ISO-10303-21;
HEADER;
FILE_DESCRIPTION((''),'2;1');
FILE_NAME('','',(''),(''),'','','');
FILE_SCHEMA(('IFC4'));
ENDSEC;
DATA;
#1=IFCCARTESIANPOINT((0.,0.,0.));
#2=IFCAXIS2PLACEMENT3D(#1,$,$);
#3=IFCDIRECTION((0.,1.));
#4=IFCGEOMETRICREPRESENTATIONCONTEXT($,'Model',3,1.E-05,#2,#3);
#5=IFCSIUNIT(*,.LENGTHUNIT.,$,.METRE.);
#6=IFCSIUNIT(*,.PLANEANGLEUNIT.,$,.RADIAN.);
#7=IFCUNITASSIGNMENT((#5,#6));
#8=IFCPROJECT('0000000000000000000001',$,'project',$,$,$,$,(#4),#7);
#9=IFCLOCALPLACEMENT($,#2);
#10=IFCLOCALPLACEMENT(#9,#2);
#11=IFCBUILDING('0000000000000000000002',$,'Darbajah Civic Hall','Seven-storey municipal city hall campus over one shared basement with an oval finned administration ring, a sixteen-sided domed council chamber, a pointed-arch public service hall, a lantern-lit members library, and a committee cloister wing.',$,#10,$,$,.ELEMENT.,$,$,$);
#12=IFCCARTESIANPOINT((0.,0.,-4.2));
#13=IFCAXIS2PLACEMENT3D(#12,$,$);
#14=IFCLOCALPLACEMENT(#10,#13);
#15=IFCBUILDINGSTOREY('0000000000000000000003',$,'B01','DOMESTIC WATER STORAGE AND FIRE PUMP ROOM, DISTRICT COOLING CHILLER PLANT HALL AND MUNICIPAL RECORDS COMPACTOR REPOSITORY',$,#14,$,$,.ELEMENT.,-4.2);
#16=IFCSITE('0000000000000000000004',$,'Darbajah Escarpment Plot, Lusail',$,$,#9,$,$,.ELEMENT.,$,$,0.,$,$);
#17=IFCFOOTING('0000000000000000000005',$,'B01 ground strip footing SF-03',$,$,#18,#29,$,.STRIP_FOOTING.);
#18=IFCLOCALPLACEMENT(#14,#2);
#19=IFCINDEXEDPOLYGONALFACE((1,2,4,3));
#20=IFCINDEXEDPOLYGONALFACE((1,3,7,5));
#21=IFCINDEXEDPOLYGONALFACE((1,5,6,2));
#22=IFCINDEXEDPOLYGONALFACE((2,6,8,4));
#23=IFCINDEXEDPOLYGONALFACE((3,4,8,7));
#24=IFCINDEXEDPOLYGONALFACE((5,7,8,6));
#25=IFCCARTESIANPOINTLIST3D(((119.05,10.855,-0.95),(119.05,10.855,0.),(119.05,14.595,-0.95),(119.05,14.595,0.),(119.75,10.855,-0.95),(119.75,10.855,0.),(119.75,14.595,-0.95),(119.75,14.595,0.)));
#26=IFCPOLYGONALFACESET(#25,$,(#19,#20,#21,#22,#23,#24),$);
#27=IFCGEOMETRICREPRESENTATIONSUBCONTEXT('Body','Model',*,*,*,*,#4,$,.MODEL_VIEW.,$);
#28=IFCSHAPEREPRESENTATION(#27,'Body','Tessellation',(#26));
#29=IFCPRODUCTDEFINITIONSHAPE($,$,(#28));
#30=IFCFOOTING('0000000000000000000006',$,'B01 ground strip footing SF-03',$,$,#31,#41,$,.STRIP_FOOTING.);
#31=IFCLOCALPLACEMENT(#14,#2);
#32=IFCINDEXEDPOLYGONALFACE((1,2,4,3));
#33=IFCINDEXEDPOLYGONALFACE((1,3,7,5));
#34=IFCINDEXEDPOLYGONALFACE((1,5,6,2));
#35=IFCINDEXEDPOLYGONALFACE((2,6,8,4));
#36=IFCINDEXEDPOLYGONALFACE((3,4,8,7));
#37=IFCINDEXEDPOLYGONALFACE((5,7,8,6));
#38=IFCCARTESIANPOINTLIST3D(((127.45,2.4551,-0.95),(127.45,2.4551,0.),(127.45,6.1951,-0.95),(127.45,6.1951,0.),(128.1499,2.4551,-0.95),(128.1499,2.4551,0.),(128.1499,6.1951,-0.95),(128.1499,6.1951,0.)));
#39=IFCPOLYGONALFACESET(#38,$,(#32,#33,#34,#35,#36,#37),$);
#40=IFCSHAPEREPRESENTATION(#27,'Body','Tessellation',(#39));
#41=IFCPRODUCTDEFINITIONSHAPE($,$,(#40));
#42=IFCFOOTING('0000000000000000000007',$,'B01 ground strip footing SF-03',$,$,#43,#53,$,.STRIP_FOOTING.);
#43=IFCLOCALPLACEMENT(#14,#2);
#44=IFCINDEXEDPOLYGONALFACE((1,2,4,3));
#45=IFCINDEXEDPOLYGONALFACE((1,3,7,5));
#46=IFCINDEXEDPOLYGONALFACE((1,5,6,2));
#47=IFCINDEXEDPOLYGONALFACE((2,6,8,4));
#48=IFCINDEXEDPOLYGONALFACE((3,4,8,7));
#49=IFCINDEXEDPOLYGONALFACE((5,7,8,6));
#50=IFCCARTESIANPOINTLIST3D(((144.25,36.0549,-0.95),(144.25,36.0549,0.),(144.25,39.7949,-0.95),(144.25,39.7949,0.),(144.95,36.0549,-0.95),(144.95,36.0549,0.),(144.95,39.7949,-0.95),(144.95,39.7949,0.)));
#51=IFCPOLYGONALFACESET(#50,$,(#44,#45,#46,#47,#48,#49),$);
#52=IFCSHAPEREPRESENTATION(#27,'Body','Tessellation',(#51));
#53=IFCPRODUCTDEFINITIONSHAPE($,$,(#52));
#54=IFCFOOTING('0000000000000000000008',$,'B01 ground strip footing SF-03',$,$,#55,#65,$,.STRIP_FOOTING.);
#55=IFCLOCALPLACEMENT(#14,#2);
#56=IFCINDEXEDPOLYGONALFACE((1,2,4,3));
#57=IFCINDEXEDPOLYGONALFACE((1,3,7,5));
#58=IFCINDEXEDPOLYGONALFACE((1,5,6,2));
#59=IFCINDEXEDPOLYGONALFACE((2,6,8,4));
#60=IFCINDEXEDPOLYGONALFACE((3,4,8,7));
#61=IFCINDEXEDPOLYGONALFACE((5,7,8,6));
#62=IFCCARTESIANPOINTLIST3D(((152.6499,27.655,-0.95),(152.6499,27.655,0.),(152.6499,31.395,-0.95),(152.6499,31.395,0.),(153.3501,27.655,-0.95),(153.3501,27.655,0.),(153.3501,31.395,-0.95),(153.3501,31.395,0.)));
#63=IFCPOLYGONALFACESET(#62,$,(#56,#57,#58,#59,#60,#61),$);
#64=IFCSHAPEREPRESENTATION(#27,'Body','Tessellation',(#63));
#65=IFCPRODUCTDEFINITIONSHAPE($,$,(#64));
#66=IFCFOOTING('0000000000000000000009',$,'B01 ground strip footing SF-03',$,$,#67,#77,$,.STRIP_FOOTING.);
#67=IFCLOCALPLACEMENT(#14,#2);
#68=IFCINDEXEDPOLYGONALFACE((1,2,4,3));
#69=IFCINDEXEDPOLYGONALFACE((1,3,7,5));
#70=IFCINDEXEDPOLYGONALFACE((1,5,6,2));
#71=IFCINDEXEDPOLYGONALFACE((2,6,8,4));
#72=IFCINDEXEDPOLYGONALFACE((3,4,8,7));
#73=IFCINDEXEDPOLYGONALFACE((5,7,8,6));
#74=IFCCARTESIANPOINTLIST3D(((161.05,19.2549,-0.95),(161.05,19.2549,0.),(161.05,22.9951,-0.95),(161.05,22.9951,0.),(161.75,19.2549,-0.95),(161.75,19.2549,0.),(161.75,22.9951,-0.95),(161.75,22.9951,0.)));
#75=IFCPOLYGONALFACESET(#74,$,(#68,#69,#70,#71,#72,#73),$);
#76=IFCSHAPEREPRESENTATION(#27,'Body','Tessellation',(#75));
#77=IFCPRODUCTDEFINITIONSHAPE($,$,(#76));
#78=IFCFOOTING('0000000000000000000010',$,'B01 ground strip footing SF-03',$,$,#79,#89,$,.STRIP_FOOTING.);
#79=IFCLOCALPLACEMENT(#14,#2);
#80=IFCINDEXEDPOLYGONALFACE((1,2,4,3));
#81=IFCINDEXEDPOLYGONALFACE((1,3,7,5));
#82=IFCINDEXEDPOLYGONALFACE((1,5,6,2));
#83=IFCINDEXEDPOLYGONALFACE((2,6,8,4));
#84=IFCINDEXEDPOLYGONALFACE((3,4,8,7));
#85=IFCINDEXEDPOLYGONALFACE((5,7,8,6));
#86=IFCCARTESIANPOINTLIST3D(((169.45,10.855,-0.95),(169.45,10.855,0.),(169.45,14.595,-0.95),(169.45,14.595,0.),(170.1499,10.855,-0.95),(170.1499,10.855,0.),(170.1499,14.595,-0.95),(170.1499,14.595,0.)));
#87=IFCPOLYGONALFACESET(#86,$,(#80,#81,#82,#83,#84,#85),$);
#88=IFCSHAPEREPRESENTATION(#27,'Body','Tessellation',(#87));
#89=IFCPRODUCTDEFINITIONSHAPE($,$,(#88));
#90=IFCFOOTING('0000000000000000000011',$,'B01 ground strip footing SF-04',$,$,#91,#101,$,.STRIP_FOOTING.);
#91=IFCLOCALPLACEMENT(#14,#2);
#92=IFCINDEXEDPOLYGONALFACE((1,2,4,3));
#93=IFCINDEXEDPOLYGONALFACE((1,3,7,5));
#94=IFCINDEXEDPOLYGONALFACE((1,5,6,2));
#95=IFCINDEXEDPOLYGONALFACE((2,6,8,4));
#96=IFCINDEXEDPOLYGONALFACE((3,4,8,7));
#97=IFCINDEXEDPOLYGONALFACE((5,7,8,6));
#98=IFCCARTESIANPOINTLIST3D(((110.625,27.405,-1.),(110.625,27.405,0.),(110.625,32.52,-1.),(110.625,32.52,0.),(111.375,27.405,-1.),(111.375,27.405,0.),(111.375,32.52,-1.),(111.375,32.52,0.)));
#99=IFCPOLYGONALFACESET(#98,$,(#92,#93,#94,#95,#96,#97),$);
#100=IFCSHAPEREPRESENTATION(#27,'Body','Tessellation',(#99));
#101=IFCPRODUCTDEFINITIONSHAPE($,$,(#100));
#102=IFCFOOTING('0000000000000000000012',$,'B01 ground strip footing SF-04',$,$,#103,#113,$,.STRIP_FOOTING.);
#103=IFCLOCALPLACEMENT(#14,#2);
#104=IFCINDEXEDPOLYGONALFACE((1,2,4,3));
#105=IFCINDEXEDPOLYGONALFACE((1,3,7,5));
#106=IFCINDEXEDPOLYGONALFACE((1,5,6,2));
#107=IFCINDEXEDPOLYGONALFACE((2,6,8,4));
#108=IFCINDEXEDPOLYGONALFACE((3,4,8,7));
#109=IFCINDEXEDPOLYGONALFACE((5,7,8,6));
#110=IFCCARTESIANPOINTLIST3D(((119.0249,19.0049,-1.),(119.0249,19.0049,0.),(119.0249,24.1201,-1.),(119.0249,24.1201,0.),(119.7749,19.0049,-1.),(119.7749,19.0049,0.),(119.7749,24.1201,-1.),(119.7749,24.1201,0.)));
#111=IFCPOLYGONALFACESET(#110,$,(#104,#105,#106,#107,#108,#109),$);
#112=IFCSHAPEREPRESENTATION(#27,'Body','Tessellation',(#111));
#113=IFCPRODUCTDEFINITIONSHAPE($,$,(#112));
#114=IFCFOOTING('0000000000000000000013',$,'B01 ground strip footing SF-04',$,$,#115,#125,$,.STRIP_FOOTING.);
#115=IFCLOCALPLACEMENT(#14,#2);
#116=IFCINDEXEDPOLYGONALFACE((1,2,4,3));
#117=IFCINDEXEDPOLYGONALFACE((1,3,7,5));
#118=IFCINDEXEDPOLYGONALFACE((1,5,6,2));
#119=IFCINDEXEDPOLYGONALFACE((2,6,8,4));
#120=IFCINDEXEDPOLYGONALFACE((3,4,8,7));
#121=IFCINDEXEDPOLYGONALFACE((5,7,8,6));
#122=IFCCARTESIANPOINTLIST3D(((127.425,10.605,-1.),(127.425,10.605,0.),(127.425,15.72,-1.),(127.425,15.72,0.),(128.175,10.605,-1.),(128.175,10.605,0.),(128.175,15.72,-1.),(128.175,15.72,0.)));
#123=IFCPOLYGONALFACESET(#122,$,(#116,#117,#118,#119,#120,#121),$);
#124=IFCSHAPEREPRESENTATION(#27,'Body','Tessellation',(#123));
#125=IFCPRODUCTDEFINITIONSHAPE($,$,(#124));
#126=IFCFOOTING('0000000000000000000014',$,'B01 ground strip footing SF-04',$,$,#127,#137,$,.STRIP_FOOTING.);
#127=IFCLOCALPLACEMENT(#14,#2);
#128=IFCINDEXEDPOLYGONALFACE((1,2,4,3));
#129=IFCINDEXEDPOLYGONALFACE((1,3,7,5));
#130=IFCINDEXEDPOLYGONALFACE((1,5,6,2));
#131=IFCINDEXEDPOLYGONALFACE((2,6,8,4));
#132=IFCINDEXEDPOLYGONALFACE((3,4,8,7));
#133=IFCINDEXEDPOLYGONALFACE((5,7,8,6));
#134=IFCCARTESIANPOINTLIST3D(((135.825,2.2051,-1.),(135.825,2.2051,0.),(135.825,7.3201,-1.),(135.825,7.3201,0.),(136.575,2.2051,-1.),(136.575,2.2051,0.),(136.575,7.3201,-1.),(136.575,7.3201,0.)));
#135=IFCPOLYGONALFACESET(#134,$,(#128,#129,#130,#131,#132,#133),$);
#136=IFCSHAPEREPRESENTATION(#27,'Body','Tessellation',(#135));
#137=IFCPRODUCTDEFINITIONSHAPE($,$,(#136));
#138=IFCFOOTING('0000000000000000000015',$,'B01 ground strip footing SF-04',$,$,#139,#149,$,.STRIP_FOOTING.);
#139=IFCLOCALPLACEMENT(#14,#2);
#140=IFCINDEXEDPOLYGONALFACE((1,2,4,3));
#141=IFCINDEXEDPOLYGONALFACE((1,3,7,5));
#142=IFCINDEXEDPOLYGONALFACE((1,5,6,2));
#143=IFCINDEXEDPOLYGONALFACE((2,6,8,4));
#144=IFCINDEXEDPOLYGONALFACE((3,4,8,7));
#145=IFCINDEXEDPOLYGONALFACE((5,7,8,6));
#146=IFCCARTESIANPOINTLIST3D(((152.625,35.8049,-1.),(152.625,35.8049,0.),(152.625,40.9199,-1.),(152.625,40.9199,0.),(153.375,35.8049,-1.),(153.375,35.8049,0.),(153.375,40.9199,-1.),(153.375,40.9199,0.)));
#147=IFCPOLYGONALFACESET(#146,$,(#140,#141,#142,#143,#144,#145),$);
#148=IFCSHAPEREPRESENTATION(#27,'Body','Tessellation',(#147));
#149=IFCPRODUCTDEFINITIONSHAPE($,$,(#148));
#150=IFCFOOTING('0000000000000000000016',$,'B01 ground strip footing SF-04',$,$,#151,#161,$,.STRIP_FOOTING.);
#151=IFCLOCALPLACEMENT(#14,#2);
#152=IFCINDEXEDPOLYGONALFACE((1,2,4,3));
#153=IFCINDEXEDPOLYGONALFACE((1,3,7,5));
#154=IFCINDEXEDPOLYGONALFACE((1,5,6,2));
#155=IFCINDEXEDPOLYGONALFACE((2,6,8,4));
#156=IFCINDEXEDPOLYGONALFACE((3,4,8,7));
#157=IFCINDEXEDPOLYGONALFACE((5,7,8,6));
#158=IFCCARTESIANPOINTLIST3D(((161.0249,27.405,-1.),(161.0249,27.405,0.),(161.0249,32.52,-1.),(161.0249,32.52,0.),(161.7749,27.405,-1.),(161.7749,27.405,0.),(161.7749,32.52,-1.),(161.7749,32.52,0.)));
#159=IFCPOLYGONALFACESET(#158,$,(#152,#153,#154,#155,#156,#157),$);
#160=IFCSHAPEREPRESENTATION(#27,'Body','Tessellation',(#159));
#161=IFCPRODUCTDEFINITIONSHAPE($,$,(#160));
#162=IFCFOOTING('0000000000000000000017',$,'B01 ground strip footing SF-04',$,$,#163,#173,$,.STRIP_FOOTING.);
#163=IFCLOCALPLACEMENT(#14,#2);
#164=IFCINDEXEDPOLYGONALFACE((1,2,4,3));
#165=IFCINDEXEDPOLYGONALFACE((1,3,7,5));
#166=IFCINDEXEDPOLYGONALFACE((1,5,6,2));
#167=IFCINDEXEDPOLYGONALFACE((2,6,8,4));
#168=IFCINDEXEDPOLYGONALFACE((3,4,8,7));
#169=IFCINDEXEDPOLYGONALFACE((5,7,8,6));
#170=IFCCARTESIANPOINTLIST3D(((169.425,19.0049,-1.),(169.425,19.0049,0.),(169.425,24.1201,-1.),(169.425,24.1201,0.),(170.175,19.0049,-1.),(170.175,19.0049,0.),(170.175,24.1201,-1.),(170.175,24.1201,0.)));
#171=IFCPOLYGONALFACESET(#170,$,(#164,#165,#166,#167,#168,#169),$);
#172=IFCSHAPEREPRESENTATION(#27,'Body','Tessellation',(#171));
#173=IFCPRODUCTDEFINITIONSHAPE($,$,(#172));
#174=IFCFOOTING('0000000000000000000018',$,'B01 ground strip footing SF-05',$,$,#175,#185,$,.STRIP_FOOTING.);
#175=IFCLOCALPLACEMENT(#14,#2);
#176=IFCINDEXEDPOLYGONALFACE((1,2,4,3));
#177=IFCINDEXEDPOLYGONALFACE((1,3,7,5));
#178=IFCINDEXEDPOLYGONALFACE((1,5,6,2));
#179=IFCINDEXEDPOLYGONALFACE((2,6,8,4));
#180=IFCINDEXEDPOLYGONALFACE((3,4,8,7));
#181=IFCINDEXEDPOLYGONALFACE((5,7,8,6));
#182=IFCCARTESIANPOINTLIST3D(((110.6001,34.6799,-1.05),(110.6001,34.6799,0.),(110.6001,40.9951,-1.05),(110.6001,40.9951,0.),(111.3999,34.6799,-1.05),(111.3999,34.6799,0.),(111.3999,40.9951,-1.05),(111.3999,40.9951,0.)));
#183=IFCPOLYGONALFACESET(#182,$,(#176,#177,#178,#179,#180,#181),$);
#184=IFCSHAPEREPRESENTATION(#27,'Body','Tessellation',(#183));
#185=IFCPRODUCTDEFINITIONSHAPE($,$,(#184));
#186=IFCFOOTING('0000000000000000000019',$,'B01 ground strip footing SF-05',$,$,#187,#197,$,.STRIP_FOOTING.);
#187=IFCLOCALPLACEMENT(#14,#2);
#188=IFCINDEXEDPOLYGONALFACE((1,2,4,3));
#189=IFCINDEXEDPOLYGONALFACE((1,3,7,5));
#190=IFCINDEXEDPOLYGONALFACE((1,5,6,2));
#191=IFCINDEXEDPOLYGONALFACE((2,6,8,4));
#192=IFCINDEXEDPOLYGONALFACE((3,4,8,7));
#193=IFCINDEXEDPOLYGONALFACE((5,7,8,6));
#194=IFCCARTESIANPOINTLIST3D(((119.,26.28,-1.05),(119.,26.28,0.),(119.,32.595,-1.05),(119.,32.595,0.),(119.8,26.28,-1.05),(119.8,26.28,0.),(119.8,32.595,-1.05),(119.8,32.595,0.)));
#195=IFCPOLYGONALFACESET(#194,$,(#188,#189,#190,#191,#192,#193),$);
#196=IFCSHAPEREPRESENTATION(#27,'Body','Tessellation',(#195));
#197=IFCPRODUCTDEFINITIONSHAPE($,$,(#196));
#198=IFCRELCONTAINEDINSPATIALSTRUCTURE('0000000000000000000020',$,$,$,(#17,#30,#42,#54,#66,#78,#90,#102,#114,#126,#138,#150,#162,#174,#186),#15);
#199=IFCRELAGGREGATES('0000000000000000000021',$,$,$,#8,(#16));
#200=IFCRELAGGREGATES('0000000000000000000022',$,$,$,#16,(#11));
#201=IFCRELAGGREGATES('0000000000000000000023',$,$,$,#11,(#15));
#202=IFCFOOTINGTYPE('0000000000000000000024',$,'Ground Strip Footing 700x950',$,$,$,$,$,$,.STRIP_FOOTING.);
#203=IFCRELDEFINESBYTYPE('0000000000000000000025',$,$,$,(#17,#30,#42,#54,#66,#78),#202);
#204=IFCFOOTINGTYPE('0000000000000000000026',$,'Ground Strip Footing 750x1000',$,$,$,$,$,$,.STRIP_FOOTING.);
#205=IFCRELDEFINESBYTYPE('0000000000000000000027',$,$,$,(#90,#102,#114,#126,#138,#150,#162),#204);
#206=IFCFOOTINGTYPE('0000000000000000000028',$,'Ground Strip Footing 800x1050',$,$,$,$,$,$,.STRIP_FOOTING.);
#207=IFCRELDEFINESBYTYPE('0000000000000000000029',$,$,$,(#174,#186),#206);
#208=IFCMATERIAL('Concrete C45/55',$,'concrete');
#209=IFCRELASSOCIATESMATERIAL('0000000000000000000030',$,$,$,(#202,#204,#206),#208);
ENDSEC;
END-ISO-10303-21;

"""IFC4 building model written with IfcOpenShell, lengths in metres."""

from ifc_helpers import new_model, si_unit, direction, frame, origin, place, context, subcontext, project, spatial, polyline, outline, extrude, material, type_object, element, save


model = new_model("IFC4")

# Units and contexts
model_context = context("Model", 3, precision=1e-05, world=origin(), true_north=direction((0.0, 1.0)))
body_context = subcontext(model_context, "Body", "Model", "MODEL_VIEW")
ifc_project = project(units=[si_unit("LENGTHUNIT", "METRE"), si_unit("PLANEANGLEUNIT", "RADIAN")], contexts=[model_context])

# Site, building, storey
site_placement = place(None, origin())
site = spatial("IfcSite", under=ifc_project, at=site_placement, Name="Darbajah Escarpment Plot, Lusail", CompositionType="ELEMENT", RefElevation=0.0)
building_placement = place(site_placement, origin())
building = spatial("IfcBuilding", under=site, at=building_placement, Name="Darbajah Civic Hall", Description="Seven-storey municipal city hall campus over one shared basement with an oval finned administration ring, a sixteen-sided domed council chamber, a pointed-arch public service hall, a lantern-lit members library, and a committee cloister wing.", CompositionType="ELEMENT")
storey_placement = place(building_placement, frame((0.0, 0.0, -4.2)))
storey = spatial("IfcBuildingStorey", under=building, at=storey_placement, Name="B01", Description="DOMESTIC WATER STORAGE AND FIRE PUMP ROOM, DISTRICT COOLING CHILLER PLANT HALL AND MUNICIPAL RECORDS COMPACTOR REPOSITORY", CompositionType="ELEMENT", Elevation=-4.2)

# Footings
ifc_material = material(Name="Concrete C45/55", Category="concrete")
footing_type_1 = type_object("IfcFootingType", Name="Ground Strip Footing 700x950", PredefinedType="STRIP_FOOTING", material=ifc_material)
footing_1_placement = place(storey_placement, frame((0.0, 0.0, -0.95)))
element("IfcFooting", 1, at=footing_1_placement, inside=storey, type_object=footing_type_1, Name="B01 ground strip footing SF-03", PredefinedType="STRIP_FOOTING", context=body_context, shape_type="SweptSolid", body=[
    extrude(outline(polyline([(119.75, 10.855), (119.75, 14.595), (119.05, 14.595), (119.05, 10.855), (119.75, 10.855)])), origin(), (0.0, 0.0, 1.0), 0.95),
])
footing_2_placement = place(storey_placement, frame((0.0, 0.0, -0.95)))
element("IfcFooting", 2, at=footing_2_placement, inside=storey, type_object=footing_type_1, Name="B01 ground strip footing SF-03", PredefinedType="STRIP_FOOTING", context=body_context, shape_type="SweptSolid", body=[
    extrude(outline(polyline([(128.1499, 2.4551), (128.1499, 6.1951), (127.45, 6.1951), (127.45, 2.4551), (128.1499, 2.4551)])), origin(), (0.0, 0.0, 1.0), 0.95),
])
footing_3_placement = place(storey_placement, frame((0.0, 0.0, -0.95)))
element("IfcFooting", 3, at=footing_3_placement, inside=storey, type_object=footing_type_1, Name="B01 ground strip footing SF-03", PredefinedType="STRIP_FOOTING", context=body_context, shape_type="SweptSolid", body=[
    extrude(outline(polyline([(144.95, 36.0549), (144.95, 39.7949), (144.25, 39.7949), (144.25, 36.0549), (144.95, 36.0549)])), origin(), (0.0, 0.0, 1.0), 0.95),
])
footing_4_placement = place(storey_placement, frame((0.0, 0.0, -0.95)))
element("IfcFooting", 4, at=footing_4_placement, inside=storey, type_object=footing_type_1, Name="B01 ground strip footing SF-03", PredefinedType="STRIP_FOOTING", context=body_context, shape_type="SweptSolid", body=[
    extrude(outline(polyline([(153.3501, 27.655), (153.3501, 31.395), (152.6499, 31.395), (152.6499, 27.655), (153.3501, 27.655)])), origin(), (0.0, 0.0, 1.0), 0.95),
])
footing_5_placement = place(storey_placement, frame((0.0, 0.0, -0.95)))
element("IfcFooting", 5, at=footing_5_placement, inside=storey, type_object=footing_type_1, Name="B01 ground strip footing SF-03", PredefinedType="STRIP_FOOTING", context=body_context, shape_type="SweptSolid", body=[
    extrude(outline(polyline([(161.75, 19.2549), (161.75, 22.9951), (161.05, 22.9951), (161.05, 19.2549), (161.75, 19.2549)])), origin(), (0.0, 0.0, 1.0), 0.95),
])
footing_6_placement = place(storey_placement, frame((0.0, 0.0, -0.95)))
element("IfcFooting", 6, at=footing_6_placement, inside=storey, type_object=footing_type_1, Name="B01 ground strip footing SF-03", PredefinedType="STRIP_FOOTING", context=body_context, shape_type="SweptSolid", body=[
    extrude(outline(polyline([(170.1499, 10.855), (170.1499, 14.595), (169.45, 14.595), (169.45, 10.855), (170.1499, 10.855)])), origin(), (0.0, 0.0, 1.0), 0.95),
])
footing_type_2 = type_object("IfcFootingType", Name="Ground Strip Footing 750x1000", PredefinedType="STRIP_FOOTING", material=ifc_material)
footing_7_placement = place(storey_placement, frame((0.0, 0.0, -1.0)))
element("IfcFooting", 7, at=footing_7_placement, inside=storey, type_object=footing_type_2, Name="B01 ground strip footing SF-04", PredefinedType="STRIP_FOOTING", context=body_context, shape_type="SweptSolid", body=[
    extrude(outline(polyline([(111.375, 27.405), (111.375, 32.52), (110.625, 32.52), (110.625, 27.405), (111.375, 27.405)])), origin(), (0.0, 0.0, 1.0), 1.0),
])
footing_8_placement = place(storey_placement, frame((0.0, 0.0, -1.0)))
element("IfcFooting", 8, at=footing_8_placement, inside=storey, type_object=footing_type_2, Name="B01 ground strip footing SF-04", PredefinedType="STRIP_FOOTING", context=body_context, shape_type="SweptSolid", body=[
    extrude(outline(polyline([(119.7749, 19.0049), (119.7749, 24.1201), (119.0249, 24.1201), (119.0249, 19.0049), (119.7749, 19.0049)])), origin(), (0.0, 0.0, 1.0), 1.0),
])
footing_9_placement = place(storey_placement, frame((0.0, 0.0, -1.0)))
element("IfcFooting", 9, at=footing_9_placement, inside=storey, type_object=footing_type_2, Name="B01 ground strip footing SF-04", PredefinedType="STRIP_FOOTING", context=body_context, shape_type="SweptSolid", body=[
    extrude(outline(polyline([(128.175, 10.605), (128.175, 15.72), (127.425, 15.72), (127.425, 10.605), (128.175, 10.605)])), origin(), (0.0, 0.0, 1.0), 1.0),
])
footing_10_placement = place(storey_placement, frame((0.0, 0.0, -1.0)))
element("IfcFooting", 10, at=footing_10_placement, inside=storey, type_object=footing_type_2, Name="B01 ground strip footing SF-04", PredefinedType="STRIP_FOOTING", context=body_context, shape_type="SweptSolid", body=[
    extrude(outline(polyline([(136.575, 2.2051), (136.575, 7.3201), (135.825, 7.3201), (135.825, 2.2051), (136.575, 2.2051)])), origin(), (0.0, 0.0, 1.0), 1.0),
])
footing_11_placement = place(storey_placement, frame((0.0, 0.0, -1.0)))
element("IfcFooting", 11, at=footing_11_placement, inside=storey, type_object=footing_type_2, Name="B01 ground strip footing SF-04", PredefinedType="STRIP_FOOTING", context=body_context, shape_type="SweptSolid", body=[
    extrude(outline(polyline([(153.375, 35.8049), (153.375, 40.9199), (152.625, 40.9199), (152.625, 35.8049), (153.375, 35.8049)])), origin(), (0.0, 0.0, 1.0), 1.0),
])
footing_12_placement = place(storey_placement, frame((0.0, 0.0, -1.0)))
element("IfcFooting", 12, at=footing_12_placement, inside=storey, type_object=footing_type_2, Name="B01 ground strip footing SF-04", PredefinedType="STRIP_FOOTING", context=body_context, shape_type="SweptSolid", body=[
    extrude(outline(polyline([(161.7749, 27.405), (161.7749, 32.52), (161.0249, 32.52), (161.0249, 27.405), (161.7749, 27.405)])), origin(), (0.0, 0.0, 1.0), 1.0),
])
footing_13_placement = place(storey_placement, frame((0.0, 0.0, -1.0)))
element("IfcFooting", 13, at=footing_13_placement, inside=storey, type_object=footing_type_2, Name="B01 ground strip footing SF-04", PredefinedType="STRIP_FOOTING", context=body_context, shape_type="SweptSolid", body=[
    extrude(outline(polyline([(170.175, 19.0049), (170.175, 24.1201), (169.425, 24.1201), (169.425, 19.0049), (170.175, 19.0049)])), origin(), (0.0, 0.0, 1.0), 1.0),
])
footing_type_3 = type_object("IfcFootingType", Name="Ground Strip Footing 800x1050", PredefinedType="STRIP_FOOTING", material=ifc_material)
footing_14_placement = place(storey_placement, frame((0.0, 0.0, -1.05)))
element("IfcFooting", 14, at=footing_14_placement, inside=storey, type_object=footing_type_3, Name="B01 ground strip footing SF-05", PredefinedType="STRIP_FOOTING", context=body_context, shape_type="SweptSolid", body=[
    extrude(outline(polyline([(111.3999, 34.6799), (111.3999, 40.9951), (110.6001, 40.9951), (110.6001, 34.6799), (111.3999, 34.6799)])), origin(), (0.0, 0.0, 1.0), 1.05),
])
footing_15_placement = place(storey_placement, frame((0.0, 0.0, -1.05)))
element("IfcFooting", 15, at=footing_15_placement, inside=storey, type_object=footing_type_3, Name="B01 ground strip footing SF-05", PredefinedType="STRIP_FOOTING", context=body_context, shape_type="SweptSolid", body=[
    extrude(outline(polyline([(119.8, 26.28), (119.8, 32.595), (119.0, 32.595), (119.0, 26.28), (119.8, 26.28)])), origin(), (0.0, 0.0, 1.0), 1.05),
])

save(model, "model.ifc")
